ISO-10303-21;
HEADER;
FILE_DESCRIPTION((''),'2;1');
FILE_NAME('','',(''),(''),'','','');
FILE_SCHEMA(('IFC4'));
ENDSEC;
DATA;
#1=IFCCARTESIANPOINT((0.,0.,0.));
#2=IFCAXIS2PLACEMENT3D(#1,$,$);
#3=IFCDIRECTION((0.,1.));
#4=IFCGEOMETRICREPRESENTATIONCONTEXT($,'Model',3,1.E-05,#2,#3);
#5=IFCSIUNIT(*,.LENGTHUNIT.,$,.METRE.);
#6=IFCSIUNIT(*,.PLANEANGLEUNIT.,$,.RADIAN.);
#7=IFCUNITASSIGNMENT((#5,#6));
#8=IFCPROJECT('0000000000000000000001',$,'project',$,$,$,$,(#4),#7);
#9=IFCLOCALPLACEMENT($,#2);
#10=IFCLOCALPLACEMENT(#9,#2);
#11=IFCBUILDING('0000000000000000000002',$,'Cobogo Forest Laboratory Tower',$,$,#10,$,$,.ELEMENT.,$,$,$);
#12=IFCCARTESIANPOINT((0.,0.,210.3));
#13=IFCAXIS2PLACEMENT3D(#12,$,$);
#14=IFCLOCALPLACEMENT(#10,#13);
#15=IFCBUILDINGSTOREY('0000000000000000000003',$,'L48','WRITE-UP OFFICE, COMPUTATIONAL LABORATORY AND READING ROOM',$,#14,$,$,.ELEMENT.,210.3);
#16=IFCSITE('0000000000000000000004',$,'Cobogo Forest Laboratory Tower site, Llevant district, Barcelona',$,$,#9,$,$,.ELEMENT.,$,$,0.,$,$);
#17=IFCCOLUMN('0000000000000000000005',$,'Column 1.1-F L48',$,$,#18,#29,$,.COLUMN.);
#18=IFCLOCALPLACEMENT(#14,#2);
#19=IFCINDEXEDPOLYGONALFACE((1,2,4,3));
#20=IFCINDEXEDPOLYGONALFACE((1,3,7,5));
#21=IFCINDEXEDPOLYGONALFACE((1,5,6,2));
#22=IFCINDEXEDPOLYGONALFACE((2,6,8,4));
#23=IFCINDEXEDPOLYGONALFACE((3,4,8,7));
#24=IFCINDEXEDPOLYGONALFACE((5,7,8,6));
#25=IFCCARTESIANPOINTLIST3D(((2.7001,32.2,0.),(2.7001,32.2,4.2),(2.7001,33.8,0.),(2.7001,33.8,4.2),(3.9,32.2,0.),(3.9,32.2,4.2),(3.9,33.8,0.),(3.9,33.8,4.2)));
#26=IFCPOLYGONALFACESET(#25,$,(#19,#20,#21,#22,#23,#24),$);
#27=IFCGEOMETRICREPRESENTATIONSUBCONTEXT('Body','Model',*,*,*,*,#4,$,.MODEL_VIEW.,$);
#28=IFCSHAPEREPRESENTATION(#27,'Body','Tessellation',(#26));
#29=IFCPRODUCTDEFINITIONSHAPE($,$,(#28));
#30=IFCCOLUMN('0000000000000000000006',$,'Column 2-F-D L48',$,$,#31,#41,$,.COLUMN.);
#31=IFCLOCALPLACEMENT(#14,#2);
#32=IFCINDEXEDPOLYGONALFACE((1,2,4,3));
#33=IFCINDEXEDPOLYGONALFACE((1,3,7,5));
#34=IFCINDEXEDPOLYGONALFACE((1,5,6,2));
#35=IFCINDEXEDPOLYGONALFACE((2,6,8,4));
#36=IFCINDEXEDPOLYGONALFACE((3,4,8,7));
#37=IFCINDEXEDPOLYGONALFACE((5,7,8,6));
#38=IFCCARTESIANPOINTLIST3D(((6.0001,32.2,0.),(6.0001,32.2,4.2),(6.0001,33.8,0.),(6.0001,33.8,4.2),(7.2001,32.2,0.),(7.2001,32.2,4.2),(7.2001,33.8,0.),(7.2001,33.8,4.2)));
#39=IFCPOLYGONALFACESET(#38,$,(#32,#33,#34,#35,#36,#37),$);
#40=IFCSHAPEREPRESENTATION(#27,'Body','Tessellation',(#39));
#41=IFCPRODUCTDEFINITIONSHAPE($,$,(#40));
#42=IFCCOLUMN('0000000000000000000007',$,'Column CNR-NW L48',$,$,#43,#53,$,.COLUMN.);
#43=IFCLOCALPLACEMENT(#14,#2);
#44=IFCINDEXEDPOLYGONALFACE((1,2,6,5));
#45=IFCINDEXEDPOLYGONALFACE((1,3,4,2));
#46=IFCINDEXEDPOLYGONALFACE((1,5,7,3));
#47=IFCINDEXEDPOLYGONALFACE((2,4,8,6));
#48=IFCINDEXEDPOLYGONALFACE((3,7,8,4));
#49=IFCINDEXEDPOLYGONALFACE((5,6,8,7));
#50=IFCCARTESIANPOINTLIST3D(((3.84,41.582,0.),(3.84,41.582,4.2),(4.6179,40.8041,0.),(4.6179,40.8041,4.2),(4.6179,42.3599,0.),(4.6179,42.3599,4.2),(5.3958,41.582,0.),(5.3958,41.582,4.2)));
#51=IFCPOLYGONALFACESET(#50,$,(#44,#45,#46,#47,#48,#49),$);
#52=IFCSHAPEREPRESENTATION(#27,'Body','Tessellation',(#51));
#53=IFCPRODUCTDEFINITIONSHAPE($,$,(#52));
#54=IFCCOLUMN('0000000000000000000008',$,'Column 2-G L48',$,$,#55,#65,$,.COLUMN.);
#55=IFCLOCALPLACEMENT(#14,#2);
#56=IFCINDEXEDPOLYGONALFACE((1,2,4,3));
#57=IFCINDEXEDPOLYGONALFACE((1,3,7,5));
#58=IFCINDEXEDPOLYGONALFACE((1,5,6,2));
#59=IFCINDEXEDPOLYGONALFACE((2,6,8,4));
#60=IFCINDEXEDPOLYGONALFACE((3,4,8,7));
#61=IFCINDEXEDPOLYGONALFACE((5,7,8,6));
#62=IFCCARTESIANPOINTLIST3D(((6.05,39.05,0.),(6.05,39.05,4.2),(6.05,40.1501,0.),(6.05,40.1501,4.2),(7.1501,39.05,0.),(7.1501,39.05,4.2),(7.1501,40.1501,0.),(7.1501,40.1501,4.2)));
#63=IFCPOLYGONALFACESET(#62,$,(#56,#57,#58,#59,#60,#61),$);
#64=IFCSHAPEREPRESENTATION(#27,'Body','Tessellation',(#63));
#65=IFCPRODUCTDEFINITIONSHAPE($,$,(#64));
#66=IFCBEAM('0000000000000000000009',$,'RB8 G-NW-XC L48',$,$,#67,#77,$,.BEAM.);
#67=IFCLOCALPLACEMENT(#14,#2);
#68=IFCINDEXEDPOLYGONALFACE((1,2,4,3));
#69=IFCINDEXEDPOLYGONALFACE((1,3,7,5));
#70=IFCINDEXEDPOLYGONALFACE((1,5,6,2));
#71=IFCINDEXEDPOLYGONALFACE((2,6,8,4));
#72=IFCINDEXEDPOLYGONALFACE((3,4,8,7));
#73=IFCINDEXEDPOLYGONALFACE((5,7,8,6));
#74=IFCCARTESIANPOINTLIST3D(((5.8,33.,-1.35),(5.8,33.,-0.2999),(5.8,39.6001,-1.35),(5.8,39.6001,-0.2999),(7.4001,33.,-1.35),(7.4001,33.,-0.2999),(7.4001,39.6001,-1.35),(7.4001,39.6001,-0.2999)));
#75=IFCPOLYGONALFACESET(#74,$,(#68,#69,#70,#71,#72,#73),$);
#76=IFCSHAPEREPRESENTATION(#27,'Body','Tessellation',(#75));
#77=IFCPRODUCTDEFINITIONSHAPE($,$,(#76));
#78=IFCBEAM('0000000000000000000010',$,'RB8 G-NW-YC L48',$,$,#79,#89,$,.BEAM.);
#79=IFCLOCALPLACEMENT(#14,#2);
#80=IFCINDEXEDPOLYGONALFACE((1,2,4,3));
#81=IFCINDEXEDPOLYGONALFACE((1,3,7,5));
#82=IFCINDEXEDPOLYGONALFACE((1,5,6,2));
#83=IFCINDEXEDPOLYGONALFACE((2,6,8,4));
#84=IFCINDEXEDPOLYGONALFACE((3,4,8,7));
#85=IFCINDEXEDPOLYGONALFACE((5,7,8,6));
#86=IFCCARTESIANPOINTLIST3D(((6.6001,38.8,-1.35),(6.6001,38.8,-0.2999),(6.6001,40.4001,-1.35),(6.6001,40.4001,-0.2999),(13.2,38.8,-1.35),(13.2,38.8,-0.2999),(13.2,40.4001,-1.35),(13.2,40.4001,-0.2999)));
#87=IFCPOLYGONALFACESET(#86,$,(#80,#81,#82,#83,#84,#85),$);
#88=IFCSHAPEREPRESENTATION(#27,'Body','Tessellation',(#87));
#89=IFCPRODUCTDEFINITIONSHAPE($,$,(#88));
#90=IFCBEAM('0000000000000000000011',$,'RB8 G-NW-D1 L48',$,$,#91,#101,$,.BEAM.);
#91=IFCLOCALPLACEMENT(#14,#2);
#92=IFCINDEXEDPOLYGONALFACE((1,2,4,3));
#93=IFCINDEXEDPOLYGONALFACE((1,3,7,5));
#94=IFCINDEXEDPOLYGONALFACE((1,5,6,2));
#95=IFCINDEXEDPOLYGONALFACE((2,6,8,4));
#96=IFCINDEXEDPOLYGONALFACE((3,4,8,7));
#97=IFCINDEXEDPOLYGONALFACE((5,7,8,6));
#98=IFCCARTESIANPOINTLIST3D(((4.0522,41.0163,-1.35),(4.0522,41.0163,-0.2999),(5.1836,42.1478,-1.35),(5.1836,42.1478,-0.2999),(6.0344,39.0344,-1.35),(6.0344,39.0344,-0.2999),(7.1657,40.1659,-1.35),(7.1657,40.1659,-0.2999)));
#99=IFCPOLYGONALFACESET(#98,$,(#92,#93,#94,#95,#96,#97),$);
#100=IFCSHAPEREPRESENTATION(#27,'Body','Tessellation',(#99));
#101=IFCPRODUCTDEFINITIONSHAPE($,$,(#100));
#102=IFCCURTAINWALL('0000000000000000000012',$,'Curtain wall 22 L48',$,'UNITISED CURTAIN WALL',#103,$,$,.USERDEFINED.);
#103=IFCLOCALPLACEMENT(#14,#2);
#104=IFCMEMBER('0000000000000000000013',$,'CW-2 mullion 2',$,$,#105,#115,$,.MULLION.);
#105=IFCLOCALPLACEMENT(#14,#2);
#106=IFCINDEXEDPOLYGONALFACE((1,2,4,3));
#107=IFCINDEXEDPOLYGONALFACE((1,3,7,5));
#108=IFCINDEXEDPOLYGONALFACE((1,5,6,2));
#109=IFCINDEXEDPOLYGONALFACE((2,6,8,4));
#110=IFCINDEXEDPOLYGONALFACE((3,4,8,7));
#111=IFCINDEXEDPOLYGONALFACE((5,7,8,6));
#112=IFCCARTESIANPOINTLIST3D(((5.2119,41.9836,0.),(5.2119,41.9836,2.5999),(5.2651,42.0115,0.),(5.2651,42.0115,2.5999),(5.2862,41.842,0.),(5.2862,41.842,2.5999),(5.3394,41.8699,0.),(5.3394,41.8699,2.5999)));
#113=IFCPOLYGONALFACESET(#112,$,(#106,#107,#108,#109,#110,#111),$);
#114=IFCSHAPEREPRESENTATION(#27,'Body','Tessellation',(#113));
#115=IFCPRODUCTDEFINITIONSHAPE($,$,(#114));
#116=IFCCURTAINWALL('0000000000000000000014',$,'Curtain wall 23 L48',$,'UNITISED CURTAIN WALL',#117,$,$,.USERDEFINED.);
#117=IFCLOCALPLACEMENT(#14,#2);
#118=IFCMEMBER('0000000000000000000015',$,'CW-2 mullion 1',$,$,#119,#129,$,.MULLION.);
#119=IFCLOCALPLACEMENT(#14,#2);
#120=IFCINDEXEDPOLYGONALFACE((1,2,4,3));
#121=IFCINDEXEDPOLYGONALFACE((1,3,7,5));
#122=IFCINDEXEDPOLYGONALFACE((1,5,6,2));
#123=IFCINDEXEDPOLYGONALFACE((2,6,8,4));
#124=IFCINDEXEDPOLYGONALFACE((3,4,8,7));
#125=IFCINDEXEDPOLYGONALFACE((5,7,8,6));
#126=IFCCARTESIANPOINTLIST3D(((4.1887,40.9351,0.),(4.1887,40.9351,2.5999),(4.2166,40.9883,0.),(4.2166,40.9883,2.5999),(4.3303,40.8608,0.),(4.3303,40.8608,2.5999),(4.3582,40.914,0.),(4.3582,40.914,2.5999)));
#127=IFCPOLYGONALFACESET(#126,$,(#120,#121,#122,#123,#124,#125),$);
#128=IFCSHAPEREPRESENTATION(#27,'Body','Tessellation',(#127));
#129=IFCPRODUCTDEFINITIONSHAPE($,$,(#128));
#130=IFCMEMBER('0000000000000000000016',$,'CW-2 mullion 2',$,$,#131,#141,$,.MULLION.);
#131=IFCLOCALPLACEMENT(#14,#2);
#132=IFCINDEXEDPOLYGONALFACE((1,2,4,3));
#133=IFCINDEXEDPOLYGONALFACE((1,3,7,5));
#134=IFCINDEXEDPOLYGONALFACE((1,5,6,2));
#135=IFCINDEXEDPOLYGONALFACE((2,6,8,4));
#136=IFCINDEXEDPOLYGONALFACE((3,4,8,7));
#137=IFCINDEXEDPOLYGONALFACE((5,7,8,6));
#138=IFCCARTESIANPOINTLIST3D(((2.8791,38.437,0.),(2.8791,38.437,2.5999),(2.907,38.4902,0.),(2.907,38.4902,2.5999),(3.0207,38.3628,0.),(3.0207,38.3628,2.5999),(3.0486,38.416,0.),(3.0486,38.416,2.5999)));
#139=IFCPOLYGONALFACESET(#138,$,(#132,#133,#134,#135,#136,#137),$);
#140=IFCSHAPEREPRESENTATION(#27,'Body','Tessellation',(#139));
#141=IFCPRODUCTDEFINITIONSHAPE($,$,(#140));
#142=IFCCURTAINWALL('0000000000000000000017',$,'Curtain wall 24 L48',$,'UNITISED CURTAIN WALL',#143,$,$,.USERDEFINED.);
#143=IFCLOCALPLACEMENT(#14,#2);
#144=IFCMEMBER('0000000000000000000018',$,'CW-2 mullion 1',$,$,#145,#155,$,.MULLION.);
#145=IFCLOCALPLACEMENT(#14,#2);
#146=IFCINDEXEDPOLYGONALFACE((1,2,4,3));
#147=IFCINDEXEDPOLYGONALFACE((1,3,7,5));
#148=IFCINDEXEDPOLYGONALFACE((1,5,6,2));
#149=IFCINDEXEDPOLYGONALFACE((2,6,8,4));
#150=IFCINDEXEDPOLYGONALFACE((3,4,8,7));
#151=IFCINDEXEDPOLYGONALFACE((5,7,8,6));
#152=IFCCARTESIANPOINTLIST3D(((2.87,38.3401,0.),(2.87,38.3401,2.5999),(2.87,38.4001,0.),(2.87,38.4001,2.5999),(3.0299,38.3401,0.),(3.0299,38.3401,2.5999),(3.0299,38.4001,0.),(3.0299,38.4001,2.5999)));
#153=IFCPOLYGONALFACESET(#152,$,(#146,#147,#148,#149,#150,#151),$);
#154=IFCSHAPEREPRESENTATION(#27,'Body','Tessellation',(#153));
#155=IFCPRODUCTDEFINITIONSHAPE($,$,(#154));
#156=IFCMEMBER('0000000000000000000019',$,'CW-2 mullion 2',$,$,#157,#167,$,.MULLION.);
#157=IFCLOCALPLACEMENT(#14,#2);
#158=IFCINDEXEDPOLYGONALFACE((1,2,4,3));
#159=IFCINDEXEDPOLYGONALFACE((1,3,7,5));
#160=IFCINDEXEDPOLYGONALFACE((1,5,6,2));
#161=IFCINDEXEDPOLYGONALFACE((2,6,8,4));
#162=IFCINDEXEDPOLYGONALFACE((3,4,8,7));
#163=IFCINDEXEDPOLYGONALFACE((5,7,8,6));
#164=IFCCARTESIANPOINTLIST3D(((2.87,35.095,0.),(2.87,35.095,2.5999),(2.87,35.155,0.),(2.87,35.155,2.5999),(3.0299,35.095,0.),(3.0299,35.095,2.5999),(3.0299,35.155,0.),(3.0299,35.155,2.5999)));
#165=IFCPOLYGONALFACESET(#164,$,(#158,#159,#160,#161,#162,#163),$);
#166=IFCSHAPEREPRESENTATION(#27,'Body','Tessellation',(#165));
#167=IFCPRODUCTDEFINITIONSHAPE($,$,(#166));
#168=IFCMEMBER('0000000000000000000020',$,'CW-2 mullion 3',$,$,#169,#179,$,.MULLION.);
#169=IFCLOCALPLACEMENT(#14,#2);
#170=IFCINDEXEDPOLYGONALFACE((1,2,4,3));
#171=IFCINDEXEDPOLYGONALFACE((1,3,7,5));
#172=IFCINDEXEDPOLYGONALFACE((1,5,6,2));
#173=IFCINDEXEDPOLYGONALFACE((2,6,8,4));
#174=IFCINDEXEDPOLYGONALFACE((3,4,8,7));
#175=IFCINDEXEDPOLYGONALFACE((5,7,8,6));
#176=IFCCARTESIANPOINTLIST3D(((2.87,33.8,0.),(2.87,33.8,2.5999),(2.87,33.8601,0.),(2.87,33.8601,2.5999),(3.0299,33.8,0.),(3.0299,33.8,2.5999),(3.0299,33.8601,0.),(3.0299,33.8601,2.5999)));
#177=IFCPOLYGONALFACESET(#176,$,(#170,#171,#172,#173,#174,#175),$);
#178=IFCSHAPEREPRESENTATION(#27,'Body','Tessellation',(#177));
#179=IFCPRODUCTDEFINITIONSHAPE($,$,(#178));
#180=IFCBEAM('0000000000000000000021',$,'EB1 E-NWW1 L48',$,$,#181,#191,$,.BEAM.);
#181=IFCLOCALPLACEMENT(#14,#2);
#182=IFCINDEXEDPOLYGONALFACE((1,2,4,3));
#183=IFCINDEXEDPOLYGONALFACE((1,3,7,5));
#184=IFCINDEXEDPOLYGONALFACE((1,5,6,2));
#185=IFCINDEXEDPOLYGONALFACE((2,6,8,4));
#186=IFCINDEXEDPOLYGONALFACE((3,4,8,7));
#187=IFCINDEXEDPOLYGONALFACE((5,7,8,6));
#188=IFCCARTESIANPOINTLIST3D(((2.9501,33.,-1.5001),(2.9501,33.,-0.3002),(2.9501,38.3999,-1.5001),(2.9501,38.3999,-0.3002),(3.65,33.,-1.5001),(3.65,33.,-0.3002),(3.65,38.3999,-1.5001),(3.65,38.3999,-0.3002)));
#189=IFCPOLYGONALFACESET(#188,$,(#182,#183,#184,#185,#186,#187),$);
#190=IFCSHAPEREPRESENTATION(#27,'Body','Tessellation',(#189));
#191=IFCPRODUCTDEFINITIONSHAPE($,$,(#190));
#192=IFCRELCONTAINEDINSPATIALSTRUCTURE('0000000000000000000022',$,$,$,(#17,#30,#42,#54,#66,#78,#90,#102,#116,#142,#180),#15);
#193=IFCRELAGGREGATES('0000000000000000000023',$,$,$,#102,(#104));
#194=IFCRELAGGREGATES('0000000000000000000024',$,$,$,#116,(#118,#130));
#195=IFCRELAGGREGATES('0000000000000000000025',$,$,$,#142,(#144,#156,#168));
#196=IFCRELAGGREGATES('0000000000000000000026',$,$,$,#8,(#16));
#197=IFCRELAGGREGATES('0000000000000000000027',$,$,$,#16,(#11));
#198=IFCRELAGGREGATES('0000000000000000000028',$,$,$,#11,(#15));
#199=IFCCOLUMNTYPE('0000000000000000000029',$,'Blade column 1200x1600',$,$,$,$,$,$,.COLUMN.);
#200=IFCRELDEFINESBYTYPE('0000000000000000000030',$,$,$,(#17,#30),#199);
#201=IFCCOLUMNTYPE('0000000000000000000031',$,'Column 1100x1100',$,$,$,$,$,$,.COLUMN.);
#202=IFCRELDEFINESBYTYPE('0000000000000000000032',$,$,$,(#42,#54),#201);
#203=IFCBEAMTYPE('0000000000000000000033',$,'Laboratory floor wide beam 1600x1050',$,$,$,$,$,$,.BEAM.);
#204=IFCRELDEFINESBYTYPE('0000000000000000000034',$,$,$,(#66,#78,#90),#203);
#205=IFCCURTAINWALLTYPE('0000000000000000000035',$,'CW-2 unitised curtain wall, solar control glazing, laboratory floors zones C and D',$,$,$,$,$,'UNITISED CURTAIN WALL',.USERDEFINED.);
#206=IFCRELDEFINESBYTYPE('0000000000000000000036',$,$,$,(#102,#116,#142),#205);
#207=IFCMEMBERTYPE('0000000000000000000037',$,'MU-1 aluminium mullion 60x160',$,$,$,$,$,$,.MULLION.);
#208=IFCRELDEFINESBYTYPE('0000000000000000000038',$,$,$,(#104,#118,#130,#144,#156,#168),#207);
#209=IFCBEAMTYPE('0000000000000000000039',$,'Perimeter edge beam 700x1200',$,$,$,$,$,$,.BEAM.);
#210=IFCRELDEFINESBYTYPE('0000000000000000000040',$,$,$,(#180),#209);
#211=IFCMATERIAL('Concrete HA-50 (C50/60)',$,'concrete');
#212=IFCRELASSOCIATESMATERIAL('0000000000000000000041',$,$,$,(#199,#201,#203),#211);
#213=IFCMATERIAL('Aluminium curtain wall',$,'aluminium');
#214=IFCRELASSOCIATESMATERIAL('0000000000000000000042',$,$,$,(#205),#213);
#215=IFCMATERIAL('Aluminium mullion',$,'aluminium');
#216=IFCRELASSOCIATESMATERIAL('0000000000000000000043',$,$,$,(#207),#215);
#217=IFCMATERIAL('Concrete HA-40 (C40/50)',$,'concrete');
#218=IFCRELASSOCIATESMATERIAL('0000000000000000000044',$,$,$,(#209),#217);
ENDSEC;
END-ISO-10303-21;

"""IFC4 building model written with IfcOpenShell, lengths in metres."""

from ifc_helpers import new_model, si_unit, direction, frame, origin, origin_2d, place, context, subcontext, project, spatial, rectangle, extrude, material, material_profile, profile_set, type_object, element, aggregate, save


model = new_model("IFC4")

# Units and contexts
model_context = context("Model", 3, precision=1e-05, world=origin(), true_north=direction((0.0, 1.0)))
body_context = subcontext(model_context, "Body", "Model", "MODEL_VIEW")
ifc_project = project(units=[si_unit("LENGTHUNIT", "METRE"), si_unit("PLANEANGLEUNIT", "RADIAN")], contexts=[model_context])

# Site, building, storey
site_placement = place(None, origin())
site = spatial("IfcSite", under=ifc_project, at=site_placement, Name="Cobogo Forest Laboratory Tower site, Llevant district, Barcelona", CompositionType="ELEMENT", RefElevation=0.0)
building_placement = place(site_placement, origin())
building = spatial("IfcBuilding", under=site, at=building_placement, Name="Cobogo Forest Laboratory Tower", CompositionType="ELEMENT")
storey_placement = place(building_placement, frame((0.0, 0.0, 210.3)))
storey = spatial("IfcBuildingStorey", under=building, at=storey_placement, Name="L48", Description="WRITE-UP OFFICE, COMPUTATIONAL LABORATORY AND READING ROOM", CompositionType="ELEMENT", Elevation=210.3)

# Columns
ifc_material_1 = material(Name="Concrete HA-50 (C50/60)", Category="concrete")
ifc_material_profile_1 = material_profile(ifc_material_1, rectangle(XDim=1.6001, YDim=1.2, at=origin_2d()), Name="RC 1200x1600")
ifc_profile_set_1 = profile_set([ifc_material_profile_1], Name="Concrete HA-50 (C50/60)")
column_type_1 = type_object("IfcColumnType", Name="Blade column 1200x1600", PredefinedType="COLUMN", material=ifc_profile_set_1)
for number, where, z_axis, x_axis, name in (
    (1, (3.3, 33.0, 0.0), (0.0, 0.0, 1.0), (0.0, 1.0, 0.0), "Column 1.1-F L48"),
    (2, (6.6001, 33.0, 0.0), (0.0, 0.0, 1.0), (0.0, 1.0, 0.0), "Column 2-F-D L48"),
):
    element("IfcColumn", number, at=place(storey_placement, frame(where, z_axis=z_axis, x_axis=x_axis)), inside=storey, type_object=column_type_1, Name=name, PredefinedType="COLUMN", context=body_context, shape_type="SweptSolid", body=[
        extrude(rectangle(XDim=1.6001, YDim=1.2, at=origin_2d()), origin(), (0.0, 0.0, 1.0), 4.2),
    ])
ifc_material_profile_2 = material_profile(ifc_material_1, rectangle(XDim=1.1001, YDim=1.1001, at=origin_2d()), Name="RC 1100x1100")
ifc_profile_set_2 = profile_set([ifc_material_profile_2], Name="Concrete HA-50 (C50/60)")
column_type_2 = type_object("IfcColumnType", Name="Column 1100x1100", PredefinedType="COLUMN", material=ifc_profile_set_2)
for number, where, z_axis, x_axis, name in (
    (3, (4.6179, 41.582, 0.0), (0.0, 0.0, 1.0), (0.707107, 0.707107, 0.0), "Column CNR-NW L48"),
    (4, (6.6001, 39.6001, 0.0), (0.0, 0.0, 1.0), (1.0, 0.0, 0.0), "Column 2-G L48"),
):
    element("IfcColumn", number, at=place(storey_placement, frame(where, z_axis=z_axis, x_axis=x_axis)), inside=storey, type_object=column_type_2, Name=name, PredefinedType="COLUMN", context=body_context, shape_type="SweptSolid", body=[
        extrude(rectangle(XDim=1.1001, YDim=1.1001, at=origin_2d()), origin(), (0.0, 0.0, 1.0), 4.2),
    ])

# Beams
ifc_material_profile_3 = material_profile(ifc_material_1, rectangle(XDim=1.6001, YDim=1.05, at=origin_2d()), Name="RC 1600x1050")
ifc_profile_set_3 = profile_set([ifc_material_profile_3], Name="Concrete HA-50 (C50/60)")
beam_type_1 = type_object("IfcBeamType", Name="Laboratory floor wide beam 1600x1050", PredefinedType="BEAM", material=ifc_profile_set_3)
beam_1_placement = place(storey_placement, frame((6.6001, 39.6001, -0.825), z_axis=(0.0, -1.0, 0.0), x_axis=(1.0, 0.0, 0.0)))
element("IfcBeam", 5, at=beam_1_placement, inside=storey, type_object=beam_type_1, Name="RB8 G-NW-XC L48", PredefinedType="BEAM", context=body_context, shape_type="SweptSolid", body=[
    extrude(rectangle(XDim=1.6001, YDim=1.05, at=origin_2d()), origin(), (0.0, 0.0, 1.0), 6.6001),
])
beam_2_placement = place(storey_placement, frame((6.6001, 39.6001, -0.825), z_axis=(1.0, 0.0, 0.0), x_axis=(0.0, 1.0, 0.0)))
element("IfcBeam", 6, at=beam_2_placement, inside=storey, type_object=beam_type_1, Name="RB8 G-NW-YC L48", PredefinedType="BEAM", context=body_context, shape_type="SweptSolid", body=[
    extrude(rectangle(XDim=1.6001, YDim=1.05, at=origin_2d()), origin(), (0.0, 0.0, 1.0), 6.5999),
])
beam_3_placement = place(storey_placement, frame((4.6179, 41.582, -0.825), z_axis=(0.70715, -0.707063, 0.0), x_axis=(0.707063, 0.70715, 0.0)))
element("IfcBeam", 7, at=beam_3_placement, inside=storey, type_object=beam_type_1, Name="RB8 G-NW-D1 L48", PredefinedType="BEAM", context=body_context, shape_type="SweptSolid", body=[
    extrude(rectangle(XDim=1.6001, YDim=1.05, at=origin_2d()), origin(), (0.0, 0.0, 1.0), 2.803),
])

# Curtain wall, member
ifc_material_2 = material(Name="Aluminium curtain wall", Category="aluminium")
curtain_wall_type = type_object("IfcCurtainWallType", Name="CW-2 unitised curtain wall, solar control glazing, laboratory floors zones C and D", ElementType="UNITISED CURTAIN WALL", PredefinedType="USERDEFINED", material=ifc_material_2)
curtain_wall_1_placement = place(storey_placement, origin())
curtain_wall_1 = element("IfcCurtainWall", 8, at=curtain_wall_1_placement, inside=storey, type_object=curtain_wall_type, Name="Curtain wall 22 L48", ObjectType="UNITISED CURTAIN WALL", PredefinedType="USERDEFINED")
ifc_material_3 = material(Name="Aluminium mullion", Category="aluminium")
ifc_material_profile_4 = material_profile(ifc_material_3, rectangle(XDim=0.0601, YDim=0.1599, at=origin_2d()), Name="AL 60x160")
ifc_profile_set_4 = profile_set([ifc_material_profile_4], Name="Aluminium mullion")
member_type_1 = type_object("IfcMemberType", Name="MU-1 aluminium mullion 60x160", PredefinedType="MULLION", material=ifc_profile_set_4)
member_1_placement = place(storey_placement, frame((5.2756, 41.9268, 0.0), z_axis=(0.0, 0.0, 1.0), x_axis=(-0.885686, -0.464284, 0.0)))
member_1 = element("IfcMember", 9, at=member_1_placement, type_object=member_type_1, Name="CW-2 mullion 2", PredefinedType="MULLION", context=body_context, shape_type="SweptSolid", body=[
    extrude(rectangle(XDim=0.0601, YDim=0.1599, at=origin_2d()), origin(), (0.0, 0.0, 1.0), 2.5999),
])

# Curtain walls, members
curtain_wall_2_placement = place(storey_placement, origin())
curtain_wall_2 = element("IfcCurtainWall", 10, at=curtain_wall_2_placement, inside=storey, type_object=curtain_wall_type, Name="Curtain wall 23 L48", ObjectType="UNITISED CURTAIN WALL", PredefinedType="USERDEFINED")
member_2_placement = place(storey_placement, frame((4.2734, 40.9246, 0.0), z_axis=(0.0, 0.0, 1.0), x_axis=(-0.464284, -0.885686, 0.0)))
member_2 = element("IfcMember", 11, at=member_2_placement, type_object=member_type_1, Name="CW-2 mullion 1", PredefinedType="MULLION", context=body_context, shape_type="SweptSolid", body=[
    extrude(rectangle(XDim=0.0601, YDim=0.1599, at=origin_2d()), origin(), (0.0, 0.0, 1.0), 2.5999),
])
member_3_placement = place(storey_placement, frame((2.9639, 38.4265, 0.0), z_axis=(0.0, 0.0, 1.0), x_axis=(-0.464284, -0.885686, 0.0)))
member_3 = element("IfcMember", 12, at=member_3_placement, type_object=member_type_1, Name="CW-2 mullion 2", PredefinedType="MULLION", context=body_context, shape_type="SweptSolid", body=[
    extrude(rectangle(XDim=0.0601, YDim=0.1599, at=origin_2d()), origin(), (0.0, 0.0, 1.0), 2.5999),
])
curtain_wall_3_placement = place(storey_placement, origin())
curtain_wall_3 = element("IfcCurtainWall", 13, at=curtain_wall_3_placement, inside=storey, type_object=curtain_wall_type, Name="Curtain wall 24 L48", ObjectType="UNITISED CURTAIN WALL", PredefinedType="USERDEFINED")
member_4_placement = place(storey_placement, frame((2.95, 38.3701, 0.0), z_axis=(0.0, 0.0, 1.0), x_axis=(0.0, -1.0, 0.0)))
member_4 = element("IfcMember", 14, at=member_4_placement, type_object=member_type_1, Name="CW-2 mullion 1", PredefinedType="MULLION", context=body_context, shape_type="SweptSolid", body=[
    extrude(rectangle(XDim=0.0601, YDim=0.1599, at=origin_2d()), origin(), (0.0, 0.0, 1.0), 2.5999),
])
member_5_placement = place(storey_placement, frame((2.95, 35.125, 0.0), z_axis=(0.0, 0.0, 1.0), x_axis=(0.0, -1.0, 0.0)))
member_5 = element("IfcMember", 15, at=member_5_placement, type_object=member_type_1, Name="CW-2 mullion 2", PredefinedType="MULLION", context=body_context, shape_type="SweptSolid", body=[
    extrude(rectangle(XDim=0.0601, YDim=0.1599, at=origin_2d()), origin(), (0.0, 0.0, 1.0), 2.5999),
])
member_6_placement = place(storey_placement, frame((2.95, 33.8301, 0.0), z_axis=(0.0, 0.0, 1.0), x_axis=(0.0, -1.0, 0.0)))
member_6 = element("IfcMember", 16, at=member_6_placement, type_object=member_type_1, Name="CW-2 mullion 3", PredefinedType="MULLION", context=body_context, shape_type="SweptSolid", body=[
    extrude(rectangle(XDim=0.0601, YDim=0.1599, at=origin_2d()), origin(), (0.0, 0.0, 1.0), 2.5999),
])

# Beam
ifc_material_4 = material(Name="Concrete HA-40 (C40/50)", Category="concrete")
ifc_material_profile_5 = material_profile(ifc_material_4, rectangle(XDim=0.7, YDim=1.2, at=origin_2d()), Name="RC 700x1200")
ifc_profile_set_5 = profile_set([ifc_material_profile_5], Name="Concrete HA-40 (C40/50)")
beam_type_2 = type_object("IfcBeamType", Name="Perimeter edge beam 700x1200", PredefinedType="BEAM", material=ifc_profile_set_5)
beam_4_placement = place(storey_placement, frame((3.3, 33.0, -0.9001), z_axis=(0.0, 1.0, 0.0), x_axis=(-1.0, 0.0, 0.0)))
element("IfcBeam", 17, at=beam_4_placement, inside=storey, type_object=beam_type_2, Name="EB1 E-NWW1 L48", PredefinedType="BEAM", context=body_context, shape_type="SweptSolid", body=[
    extrude(rectangle(XDim=0.7, YDim=1.2, at=origin_2d()), origin(), (0.0, 0.0, 1.0), 5.3999),
])

aggregate(curtain_wall_1, [member_1])
aggregate(curtain_wall_2, [member_2, member_3])
aggregate(curtain_wall_3, [member_4, member_5, member_6])

save(model, "model.ifc")
